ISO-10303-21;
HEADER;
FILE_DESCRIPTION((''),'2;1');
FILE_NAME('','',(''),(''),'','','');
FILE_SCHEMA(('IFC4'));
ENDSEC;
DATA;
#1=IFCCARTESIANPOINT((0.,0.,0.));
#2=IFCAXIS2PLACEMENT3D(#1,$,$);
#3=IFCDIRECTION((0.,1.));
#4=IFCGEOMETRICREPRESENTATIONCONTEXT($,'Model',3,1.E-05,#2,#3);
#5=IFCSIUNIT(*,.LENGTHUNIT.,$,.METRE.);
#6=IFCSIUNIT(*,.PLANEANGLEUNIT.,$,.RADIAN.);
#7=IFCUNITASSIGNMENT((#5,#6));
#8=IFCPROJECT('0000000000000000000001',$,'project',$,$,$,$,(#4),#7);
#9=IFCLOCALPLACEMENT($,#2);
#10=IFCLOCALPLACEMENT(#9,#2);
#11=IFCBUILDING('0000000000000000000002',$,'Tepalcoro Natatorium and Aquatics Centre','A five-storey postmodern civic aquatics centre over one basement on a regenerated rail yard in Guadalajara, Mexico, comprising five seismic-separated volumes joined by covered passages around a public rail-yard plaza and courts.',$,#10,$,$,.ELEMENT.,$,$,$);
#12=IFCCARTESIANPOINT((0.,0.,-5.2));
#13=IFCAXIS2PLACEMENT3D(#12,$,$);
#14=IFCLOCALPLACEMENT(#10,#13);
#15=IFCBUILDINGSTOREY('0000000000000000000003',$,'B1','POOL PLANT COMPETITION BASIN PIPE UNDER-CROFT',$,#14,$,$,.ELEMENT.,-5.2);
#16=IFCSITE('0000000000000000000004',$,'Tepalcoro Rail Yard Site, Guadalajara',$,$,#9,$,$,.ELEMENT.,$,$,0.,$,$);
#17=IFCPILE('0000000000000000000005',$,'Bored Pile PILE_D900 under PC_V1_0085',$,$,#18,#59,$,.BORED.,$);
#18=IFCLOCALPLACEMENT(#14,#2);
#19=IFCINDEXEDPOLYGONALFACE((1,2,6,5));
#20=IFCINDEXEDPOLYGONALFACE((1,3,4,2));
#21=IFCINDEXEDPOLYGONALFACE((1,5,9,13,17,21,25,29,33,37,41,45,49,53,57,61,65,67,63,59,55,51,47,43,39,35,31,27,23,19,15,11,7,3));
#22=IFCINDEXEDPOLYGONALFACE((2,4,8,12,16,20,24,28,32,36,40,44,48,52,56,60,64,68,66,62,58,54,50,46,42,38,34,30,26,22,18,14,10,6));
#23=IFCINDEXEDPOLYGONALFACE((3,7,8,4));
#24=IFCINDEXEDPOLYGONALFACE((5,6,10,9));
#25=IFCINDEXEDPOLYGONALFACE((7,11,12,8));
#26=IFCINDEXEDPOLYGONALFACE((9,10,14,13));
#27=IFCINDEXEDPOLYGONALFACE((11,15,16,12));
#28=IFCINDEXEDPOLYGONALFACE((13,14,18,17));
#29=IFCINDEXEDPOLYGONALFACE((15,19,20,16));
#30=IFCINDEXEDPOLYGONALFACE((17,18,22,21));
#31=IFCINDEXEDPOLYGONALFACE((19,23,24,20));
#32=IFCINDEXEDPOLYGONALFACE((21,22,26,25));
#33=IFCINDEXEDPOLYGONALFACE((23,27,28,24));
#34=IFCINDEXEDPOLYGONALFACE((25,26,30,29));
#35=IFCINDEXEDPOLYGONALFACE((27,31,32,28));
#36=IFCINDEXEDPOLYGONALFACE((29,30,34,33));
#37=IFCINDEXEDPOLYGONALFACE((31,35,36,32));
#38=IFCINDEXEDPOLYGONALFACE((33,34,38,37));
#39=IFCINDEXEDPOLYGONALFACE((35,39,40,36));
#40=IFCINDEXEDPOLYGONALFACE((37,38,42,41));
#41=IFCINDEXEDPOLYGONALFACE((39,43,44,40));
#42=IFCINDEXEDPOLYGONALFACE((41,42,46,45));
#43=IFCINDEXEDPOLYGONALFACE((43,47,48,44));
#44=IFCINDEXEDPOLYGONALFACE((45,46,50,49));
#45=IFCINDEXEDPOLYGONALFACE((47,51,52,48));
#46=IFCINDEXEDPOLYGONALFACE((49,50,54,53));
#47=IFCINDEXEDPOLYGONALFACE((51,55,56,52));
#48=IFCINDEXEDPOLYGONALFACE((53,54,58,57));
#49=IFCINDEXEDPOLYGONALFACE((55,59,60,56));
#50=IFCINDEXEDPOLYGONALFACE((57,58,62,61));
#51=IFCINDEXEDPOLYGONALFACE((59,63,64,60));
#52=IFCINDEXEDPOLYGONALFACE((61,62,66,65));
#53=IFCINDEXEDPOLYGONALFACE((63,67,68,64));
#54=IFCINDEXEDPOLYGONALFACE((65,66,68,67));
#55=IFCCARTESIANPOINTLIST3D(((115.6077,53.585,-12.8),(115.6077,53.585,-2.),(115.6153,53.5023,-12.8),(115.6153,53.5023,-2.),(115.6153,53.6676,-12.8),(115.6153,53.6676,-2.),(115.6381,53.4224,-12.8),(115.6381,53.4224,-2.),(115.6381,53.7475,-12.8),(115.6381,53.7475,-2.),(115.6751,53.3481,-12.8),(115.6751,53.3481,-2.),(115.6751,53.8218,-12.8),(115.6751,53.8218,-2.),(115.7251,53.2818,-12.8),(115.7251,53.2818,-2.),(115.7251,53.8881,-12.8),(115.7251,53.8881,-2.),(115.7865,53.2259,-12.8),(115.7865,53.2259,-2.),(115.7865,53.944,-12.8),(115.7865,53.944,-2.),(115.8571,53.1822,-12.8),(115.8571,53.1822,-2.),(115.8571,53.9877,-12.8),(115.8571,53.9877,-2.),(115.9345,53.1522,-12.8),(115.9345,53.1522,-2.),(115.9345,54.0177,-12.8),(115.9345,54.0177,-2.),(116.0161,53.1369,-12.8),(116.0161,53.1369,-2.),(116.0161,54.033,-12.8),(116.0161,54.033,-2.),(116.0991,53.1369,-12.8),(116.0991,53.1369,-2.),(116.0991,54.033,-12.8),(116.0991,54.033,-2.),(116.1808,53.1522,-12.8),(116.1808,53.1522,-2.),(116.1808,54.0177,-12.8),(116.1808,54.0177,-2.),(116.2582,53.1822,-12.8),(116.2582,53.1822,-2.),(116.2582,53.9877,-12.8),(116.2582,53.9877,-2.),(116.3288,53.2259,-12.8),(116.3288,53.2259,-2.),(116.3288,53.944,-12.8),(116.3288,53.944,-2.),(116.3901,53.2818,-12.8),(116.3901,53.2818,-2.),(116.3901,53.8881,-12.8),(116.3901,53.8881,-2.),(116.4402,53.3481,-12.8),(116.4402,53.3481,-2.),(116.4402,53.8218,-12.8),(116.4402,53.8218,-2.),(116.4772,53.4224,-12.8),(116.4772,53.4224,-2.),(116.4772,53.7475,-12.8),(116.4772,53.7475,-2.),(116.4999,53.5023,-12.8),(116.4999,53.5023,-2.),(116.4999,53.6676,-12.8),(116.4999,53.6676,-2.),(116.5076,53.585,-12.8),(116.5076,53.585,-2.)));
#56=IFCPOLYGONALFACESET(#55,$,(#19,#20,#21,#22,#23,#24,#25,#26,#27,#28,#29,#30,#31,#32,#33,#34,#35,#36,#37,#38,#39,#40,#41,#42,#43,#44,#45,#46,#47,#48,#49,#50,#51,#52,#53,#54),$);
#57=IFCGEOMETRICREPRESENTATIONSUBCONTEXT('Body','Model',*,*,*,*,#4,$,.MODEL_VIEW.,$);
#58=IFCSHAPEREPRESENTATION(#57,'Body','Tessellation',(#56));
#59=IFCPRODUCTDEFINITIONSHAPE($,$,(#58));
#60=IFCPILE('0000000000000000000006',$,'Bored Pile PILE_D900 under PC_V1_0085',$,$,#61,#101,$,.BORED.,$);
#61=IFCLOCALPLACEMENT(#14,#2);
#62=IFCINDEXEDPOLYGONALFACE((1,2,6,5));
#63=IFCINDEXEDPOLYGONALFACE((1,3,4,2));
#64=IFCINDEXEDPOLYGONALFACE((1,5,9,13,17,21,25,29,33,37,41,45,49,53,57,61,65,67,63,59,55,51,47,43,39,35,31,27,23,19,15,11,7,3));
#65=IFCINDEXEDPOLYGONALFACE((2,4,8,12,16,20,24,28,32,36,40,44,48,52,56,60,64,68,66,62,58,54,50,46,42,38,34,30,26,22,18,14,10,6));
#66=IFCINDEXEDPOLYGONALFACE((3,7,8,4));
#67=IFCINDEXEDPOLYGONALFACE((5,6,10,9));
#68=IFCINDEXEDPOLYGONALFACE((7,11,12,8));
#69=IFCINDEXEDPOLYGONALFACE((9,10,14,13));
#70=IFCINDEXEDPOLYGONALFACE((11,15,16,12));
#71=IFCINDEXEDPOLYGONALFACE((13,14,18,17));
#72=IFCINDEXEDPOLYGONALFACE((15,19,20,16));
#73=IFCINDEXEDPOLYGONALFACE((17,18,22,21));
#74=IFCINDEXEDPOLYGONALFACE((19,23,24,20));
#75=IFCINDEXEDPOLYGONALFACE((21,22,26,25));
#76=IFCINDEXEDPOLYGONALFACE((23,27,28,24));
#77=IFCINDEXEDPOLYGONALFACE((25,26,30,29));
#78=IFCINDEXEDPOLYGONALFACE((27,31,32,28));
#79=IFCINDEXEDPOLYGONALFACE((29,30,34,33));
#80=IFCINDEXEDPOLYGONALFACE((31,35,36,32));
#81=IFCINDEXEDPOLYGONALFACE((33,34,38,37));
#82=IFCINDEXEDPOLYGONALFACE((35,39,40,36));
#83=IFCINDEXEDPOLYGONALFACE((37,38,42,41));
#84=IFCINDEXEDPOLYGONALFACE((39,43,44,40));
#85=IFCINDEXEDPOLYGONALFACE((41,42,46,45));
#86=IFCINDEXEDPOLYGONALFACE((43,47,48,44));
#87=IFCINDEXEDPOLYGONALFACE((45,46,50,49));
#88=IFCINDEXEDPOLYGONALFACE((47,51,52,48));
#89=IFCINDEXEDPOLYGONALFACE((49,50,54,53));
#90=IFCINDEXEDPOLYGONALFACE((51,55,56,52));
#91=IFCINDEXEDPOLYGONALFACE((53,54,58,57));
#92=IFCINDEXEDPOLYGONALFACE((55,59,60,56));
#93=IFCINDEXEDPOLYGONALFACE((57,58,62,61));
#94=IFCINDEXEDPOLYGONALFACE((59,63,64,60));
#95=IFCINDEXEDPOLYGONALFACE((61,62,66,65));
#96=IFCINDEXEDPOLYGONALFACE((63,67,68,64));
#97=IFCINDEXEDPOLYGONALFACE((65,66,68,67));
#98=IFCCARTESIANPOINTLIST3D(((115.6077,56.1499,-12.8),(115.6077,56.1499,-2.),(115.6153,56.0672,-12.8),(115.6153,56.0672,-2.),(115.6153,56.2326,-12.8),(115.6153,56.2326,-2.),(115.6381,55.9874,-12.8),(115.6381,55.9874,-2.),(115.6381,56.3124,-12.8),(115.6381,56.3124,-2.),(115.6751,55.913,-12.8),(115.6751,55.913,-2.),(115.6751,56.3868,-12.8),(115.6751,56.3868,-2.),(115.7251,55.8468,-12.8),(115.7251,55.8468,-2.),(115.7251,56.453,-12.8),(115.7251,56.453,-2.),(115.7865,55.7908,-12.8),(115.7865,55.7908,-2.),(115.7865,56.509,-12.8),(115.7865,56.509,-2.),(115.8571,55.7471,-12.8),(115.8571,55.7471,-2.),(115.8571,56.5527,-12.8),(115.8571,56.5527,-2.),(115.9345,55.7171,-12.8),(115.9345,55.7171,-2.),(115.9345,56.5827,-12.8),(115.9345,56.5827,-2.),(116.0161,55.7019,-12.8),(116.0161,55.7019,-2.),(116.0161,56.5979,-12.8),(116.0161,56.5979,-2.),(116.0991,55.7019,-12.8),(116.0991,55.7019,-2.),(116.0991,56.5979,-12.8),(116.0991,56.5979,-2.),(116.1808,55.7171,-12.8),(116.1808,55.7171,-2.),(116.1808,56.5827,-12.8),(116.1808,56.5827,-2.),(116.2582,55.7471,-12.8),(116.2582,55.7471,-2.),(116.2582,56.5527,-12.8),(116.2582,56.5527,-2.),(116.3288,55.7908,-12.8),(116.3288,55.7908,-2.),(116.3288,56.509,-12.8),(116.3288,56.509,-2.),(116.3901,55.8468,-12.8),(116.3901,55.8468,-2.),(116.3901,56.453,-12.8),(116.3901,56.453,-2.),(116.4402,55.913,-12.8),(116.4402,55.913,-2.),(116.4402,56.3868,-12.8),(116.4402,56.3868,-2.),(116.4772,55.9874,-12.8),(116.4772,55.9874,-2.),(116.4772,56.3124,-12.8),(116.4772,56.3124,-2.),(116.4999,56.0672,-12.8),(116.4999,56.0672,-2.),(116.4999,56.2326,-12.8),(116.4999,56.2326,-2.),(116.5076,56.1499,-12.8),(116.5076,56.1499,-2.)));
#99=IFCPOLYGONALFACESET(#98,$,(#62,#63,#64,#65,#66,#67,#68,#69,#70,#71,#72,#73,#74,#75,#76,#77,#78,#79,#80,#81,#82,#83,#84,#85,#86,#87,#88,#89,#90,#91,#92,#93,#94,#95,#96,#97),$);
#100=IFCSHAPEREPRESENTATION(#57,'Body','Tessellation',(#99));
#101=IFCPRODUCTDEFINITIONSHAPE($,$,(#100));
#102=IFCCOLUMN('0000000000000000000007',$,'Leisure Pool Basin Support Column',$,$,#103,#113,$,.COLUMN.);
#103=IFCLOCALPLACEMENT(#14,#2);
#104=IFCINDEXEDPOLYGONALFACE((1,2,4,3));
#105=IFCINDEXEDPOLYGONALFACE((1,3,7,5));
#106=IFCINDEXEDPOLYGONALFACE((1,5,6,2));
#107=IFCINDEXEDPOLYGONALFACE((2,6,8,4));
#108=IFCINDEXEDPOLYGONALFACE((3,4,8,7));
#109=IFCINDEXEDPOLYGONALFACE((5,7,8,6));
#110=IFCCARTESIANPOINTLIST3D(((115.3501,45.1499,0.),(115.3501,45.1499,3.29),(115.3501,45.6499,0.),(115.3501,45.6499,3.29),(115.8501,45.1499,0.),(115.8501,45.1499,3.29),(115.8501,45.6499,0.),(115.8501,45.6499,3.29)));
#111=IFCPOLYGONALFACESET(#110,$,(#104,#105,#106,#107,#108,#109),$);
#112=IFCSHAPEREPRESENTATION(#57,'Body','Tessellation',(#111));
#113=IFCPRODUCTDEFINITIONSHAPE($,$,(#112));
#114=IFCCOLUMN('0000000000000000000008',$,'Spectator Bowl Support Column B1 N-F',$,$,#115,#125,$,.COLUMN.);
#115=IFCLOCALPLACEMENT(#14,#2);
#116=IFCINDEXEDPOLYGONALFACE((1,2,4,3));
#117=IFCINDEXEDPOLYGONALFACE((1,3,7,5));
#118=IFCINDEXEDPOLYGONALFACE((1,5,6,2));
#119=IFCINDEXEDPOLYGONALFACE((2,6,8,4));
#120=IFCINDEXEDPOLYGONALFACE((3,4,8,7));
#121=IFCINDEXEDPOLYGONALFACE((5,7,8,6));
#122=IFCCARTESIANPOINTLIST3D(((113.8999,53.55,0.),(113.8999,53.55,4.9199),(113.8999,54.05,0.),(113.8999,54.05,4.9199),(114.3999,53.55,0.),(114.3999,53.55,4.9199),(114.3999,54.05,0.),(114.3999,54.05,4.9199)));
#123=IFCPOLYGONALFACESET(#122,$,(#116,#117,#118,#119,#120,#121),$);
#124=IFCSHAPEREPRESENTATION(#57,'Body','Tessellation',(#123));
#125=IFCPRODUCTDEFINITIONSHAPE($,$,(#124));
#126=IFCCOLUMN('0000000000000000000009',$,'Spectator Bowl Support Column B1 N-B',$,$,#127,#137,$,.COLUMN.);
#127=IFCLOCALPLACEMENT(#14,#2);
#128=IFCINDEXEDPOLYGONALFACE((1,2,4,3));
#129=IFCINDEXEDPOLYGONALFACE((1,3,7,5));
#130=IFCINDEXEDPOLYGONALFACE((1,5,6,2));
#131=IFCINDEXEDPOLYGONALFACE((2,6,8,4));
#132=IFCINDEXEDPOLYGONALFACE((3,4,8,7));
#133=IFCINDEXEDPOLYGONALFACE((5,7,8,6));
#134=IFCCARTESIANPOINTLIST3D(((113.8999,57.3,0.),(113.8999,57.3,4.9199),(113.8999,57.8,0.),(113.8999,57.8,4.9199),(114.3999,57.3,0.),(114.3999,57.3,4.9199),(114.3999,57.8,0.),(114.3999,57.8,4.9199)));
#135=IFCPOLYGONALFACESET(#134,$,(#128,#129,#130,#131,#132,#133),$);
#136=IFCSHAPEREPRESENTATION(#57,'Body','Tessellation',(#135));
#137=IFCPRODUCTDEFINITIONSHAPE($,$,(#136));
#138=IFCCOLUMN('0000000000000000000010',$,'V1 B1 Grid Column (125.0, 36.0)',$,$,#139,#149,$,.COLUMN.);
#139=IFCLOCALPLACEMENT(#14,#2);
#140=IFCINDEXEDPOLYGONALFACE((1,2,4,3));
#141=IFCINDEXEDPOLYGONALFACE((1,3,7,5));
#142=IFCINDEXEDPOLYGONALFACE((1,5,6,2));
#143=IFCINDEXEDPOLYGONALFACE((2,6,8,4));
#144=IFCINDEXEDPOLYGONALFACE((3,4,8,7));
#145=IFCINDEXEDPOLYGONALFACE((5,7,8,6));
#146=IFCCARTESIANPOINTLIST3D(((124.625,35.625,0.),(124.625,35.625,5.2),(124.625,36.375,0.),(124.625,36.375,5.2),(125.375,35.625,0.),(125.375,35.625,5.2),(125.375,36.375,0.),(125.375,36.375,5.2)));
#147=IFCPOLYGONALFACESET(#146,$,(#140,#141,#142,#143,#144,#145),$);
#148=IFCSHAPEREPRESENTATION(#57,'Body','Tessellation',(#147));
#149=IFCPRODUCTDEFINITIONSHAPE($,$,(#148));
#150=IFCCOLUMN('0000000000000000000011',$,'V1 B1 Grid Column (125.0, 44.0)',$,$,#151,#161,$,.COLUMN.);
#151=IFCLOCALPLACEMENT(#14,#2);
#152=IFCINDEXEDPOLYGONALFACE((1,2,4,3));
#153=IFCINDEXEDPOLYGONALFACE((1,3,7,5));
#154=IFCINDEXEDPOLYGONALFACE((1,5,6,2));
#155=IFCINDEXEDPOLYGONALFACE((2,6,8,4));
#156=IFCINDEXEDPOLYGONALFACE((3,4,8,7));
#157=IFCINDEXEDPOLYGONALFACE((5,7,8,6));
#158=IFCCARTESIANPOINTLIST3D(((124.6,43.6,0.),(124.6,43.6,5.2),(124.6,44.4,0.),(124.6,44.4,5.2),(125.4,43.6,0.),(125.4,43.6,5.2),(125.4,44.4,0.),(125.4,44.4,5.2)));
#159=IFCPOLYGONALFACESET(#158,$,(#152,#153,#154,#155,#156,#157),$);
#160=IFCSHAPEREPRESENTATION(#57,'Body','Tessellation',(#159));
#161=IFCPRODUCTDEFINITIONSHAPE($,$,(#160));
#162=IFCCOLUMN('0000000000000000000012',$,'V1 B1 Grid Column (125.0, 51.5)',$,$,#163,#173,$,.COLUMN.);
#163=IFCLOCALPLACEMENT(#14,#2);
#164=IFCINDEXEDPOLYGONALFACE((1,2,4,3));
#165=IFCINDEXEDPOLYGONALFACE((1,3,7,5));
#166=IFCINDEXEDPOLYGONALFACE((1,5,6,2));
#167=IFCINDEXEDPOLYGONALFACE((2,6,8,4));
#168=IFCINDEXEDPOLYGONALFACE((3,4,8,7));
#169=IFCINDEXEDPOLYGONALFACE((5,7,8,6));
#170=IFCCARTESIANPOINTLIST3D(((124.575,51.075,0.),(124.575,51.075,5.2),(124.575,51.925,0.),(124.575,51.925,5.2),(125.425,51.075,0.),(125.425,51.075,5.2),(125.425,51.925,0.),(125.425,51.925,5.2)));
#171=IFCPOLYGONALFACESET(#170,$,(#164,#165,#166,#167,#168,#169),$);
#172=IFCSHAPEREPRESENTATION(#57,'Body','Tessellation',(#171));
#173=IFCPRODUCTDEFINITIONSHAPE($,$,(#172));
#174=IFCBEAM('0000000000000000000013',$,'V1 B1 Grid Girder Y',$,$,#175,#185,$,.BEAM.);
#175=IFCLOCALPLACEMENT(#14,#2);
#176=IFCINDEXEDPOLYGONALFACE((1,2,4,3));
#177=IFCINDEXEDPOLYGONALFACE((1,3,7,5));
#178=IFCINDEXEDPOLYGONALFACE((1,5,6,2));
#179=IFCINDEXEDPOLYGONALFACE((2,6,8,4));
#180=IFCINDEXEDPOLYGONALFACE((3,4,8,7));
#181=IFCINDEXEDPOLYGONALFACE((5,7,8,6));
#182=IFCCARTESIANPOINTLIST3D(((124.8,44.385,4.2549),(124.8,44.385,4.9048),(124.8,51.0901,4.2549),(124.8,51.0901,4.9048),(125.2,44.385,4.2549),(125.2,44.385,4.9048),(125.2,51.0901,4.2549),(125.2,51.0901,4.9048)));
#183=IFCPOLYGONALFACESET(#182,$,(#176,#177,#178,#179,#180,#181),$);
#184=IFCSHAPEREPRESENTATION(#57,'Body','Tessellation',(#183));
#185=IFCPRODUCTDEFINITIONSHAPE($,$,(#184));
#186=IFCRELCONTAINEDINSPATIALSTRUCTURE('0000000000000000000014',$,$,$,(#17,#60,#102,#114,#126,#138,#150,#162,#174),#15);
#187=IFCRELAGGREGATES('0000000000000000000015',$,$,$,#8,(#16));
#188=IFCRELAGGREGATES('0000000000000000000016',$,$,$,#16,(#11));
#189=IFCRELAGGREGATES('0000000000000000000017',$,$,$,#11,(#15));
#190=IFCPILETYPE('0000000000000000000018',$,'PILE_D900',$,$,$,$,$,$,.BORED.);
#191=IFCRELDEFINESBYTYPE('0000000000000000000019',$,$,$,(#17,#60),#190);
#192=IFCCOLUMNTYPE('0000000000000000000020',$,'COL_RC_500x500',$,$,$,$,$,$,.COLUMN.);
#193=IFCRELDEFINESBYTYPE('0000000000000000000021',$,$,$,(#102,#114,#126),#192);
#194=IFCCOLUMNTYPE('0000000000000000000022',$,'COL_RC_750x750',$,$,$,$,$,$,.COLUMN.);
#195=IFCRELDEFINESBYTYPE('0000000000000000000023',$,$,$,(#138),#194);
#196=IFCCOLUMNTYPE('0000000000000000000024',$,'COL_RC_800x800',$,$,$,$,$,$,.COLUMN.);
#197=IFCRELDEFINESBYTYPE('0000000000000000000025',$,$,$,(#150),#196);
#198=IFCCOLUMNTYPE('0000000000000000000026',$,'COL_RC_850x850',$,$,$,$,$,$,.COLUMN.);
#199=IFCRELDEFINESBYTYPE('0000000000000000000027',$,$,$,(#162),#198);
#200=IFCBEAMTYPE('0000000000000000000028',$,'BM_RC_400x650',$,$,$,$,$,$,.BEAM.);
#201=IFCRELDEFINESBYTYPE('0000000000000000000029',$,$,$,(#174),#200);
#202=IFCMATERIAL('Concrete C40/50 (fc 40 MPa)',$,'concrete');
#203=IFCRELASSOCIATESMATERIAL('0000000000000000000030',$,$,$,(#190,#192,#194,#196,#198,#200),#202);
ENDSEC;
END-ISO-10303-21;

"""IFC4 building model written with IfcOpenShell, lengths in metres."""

from ifc_helpers import new_model, si_unit, direction, frame, origin, origin_2d, place, context, subcontext, project, spatial, rectangle, circle, extrude, material, material_profile, profile_set, type_object, element, save


model = new_model("IFC4")

# Units and contexts
model_context = context("Model", 3, precision=1e-05, world=origin(), true_north=direction((0.0, 1.0)))
body_context = subcontext(model_context, "Body", "Model", "MODEL_VIEW")
ifc_project = project(units=[si_unit("LENGTHUNIT", "METRE"), si_unit("PLANEANGLEUNIT", "RADIAN")], contexts=[model_context])

# Site, building, storey
site_placement = place(None, origin())
site = spatial("IfcSite", under=ifc_project, at=site_placement, Name="Tepalcoro Rail Yard Site, Guadalajara", CompositionType="ELEMENT", RefElevation=0.0)
building_placement = place(site_placement, origin())
building = spatial("IfcBuilding", under=site, at=building_placement, Name="Tepalcoro Natatorium and Aquatics Centre", Description="A five-storey postmodern civic aquatics centre over one basement on a regenerated rail yard in Guadalajara, Mexico, comprising five seismic-separated volumes joined by covered passages around a public rail-yard plaza and courts.", CompositionType="ELEMENT")
storey_placement = place(building_placement, frame((0.0, 0.0, -5.2)))
storey = spatial("IfcBuildingStorey", under=building, at=storey_placement, Name="B1", Description="POOL PLANT COMPETITION BASIN PIPE UNDER-CROFT", CompositionType="ELEMENT", Elevation=-5.2)

# Piles
ifc_material_1 = material(Name="Concrete C40/50 (fc 40 MPa)", Category="concrete")
ifc_material_profile_1 = material_profile(ifc_material_1, circle(Radius=0.45, at=origin_2d()), Name="PILE_D900")
ifc_profile_set_1 = profile_set([ifc_material_profile_1], Name="Concrete C40/50 (fc 40 MPa)")
pile_type_1 = type_object("IfcPileType", Name="PILE_D900", PredefinedType="BORED", material=ifc_profile_set_1)
for number, where, z_axis, x_axis, name in (
    (1, (116.0576, 53.585, -2.0), (0.0, 0.0, -1.0), (1.0, 0.0, 0.0), "Bored Pile PILE_D900 under PC_V1_0085"),
    (2, (116.0576, 56.1499, -2.0), (0.0, 0.0, -1.0), (1.0, 0.0, 0.0), "Bored Pile PILE_D900 under PC_V1_0085"),
):
    element("IfcPile", number, at=place(storey_placement, frame(where, z_axis=z_axis, x_axis=x_axis)), inside=storey, type_object=pile_type_1, Name=name, PredefinedType="BORED", context=body_context, shape_type="SweptSolid", body=[
        extrude(circle(Radius=0.45, at=origin_2d()), origin(), (0.0, 0.0, 1.0), 10.8),
    ])

# Columns
ifc_material_profile_2 = material_profile(ifc_material_1, rectangle(XDim=0.5, YDim=0.5, at=origin_2d()), Name="RC500x500")
ifc_profile_set_2 = profile_set([ifc_material_profile_2], Name="Concrete C40/50 (fc 40 MPa)")
column_type_1 = type_object("IfcColumnType", Name="COL_RC_500x500", PredefinedType="COLUMN", material=ifc_profile_set_2)
column_1_placement = place(storey_placement, frame((115.6001, 45.3999, 0.0), z_axis=(0.0, 0.0, 1.0), x_axis=(1.0, 0.0, 0.0)))
element("IfcColumn", 3, at=column_1_placement, inside=storey, type_object=column_type_1, Name="Leisure Pool Basin Support Column", PredefinedType="COLUMN", context=body_context, shape_type="SweptSolid", body=[
    extrude(rectangle(XDim=0.5, YDim=0.5, at=origin_2d()), origin(), (0.0, 0.0, 1.0), 3.29),
])
for number, where, z_axis, x_axis, name in (
    (4, (114.1499, 53.8, 0.0), (0.0, 0.0, 1.0), (1.0, 0.0, 0.0), "Spectator Bowl Support Column B1 N-F"),
    (5, (114.1499, 57.55, 0.0), (0.0, 0.0, 1.0), (1.0, 0.0, 0.0), "Spectator Bowl Support Column B1 N-B"),
):
    element("IfcColumn", number, at=place(storey_placement, frame(where, z_axis=z_axis, x_axis=x_axis)), inside=storey, type_object=column_type_1, Name=name, PredefinedType="COLUMN", context=body_context, shape_type="SweptSolid", body=[
        extrude(rectangle(XDim=0.5, YDim=0.5, at=origin_2d()), origin(), (0.0, 0.0, 1.0), 4.9199),
    ])
ifc_material_profile_3 = material_profile(ifc_material_1, rectangle(XDim=0.75, YDim=0.75, at=origin_2d()), Name="RC750x750")
ifc_profile_set_3 = profile_set([ifc_material_profile_3], Name="Concrete C40/50 (fc 40 MPa)")
column_type_2 = type_object("IfcColumnType", Name="COL_RC_750x750", PredefinedType="COLUMN", material=ifc_profile_set_3)
column_2_placement = place(storey_placement, frame((125.0, 36.0, 0.0), z_axis=(0.0, 0.0, 1.0), x_axis=(1.0, 0.0, 0.0)))
element("IfcColumn", 6, at=column_2_placement, inside=storey, type_object=column_type_2, Name="V1 B1 Grid Column (125.0, 36.0)", PredefinedType="COLUMN", context=body_context, shape_type="SweptSolid", body=[
    extrude(rectangle(XDim=0.75, YDim=0.75, at=origin_2d()), origin(), (0.0, 0.0, 1.0), 5.2),
])
ifc_material_profile_4 = material_profile(ifc_material_1, rectangle(XDim=0.8, YDim=0.8, at=origin_2d()), Name="RC800x800")
ifc_profile_set_4 = profile_set([ifc_material_profile_4], Name="Concrete C40/50 (fc 40 MPa)")
column_type_3 = type_object("IfcColumnType", Name="COL_RC_800x800", PredefinedType="COLUMN", material=ifc_profile_set_4)
column_3_placement = place(storey_placement, frame((125.0, 44.0, 0.0), z_axis=(0.0, 0.0, 1.0), x_axis=(1.0, 0.0, 0.0)))
element("IfcColumn", 7, at=column_3_placement, inside=storey, type_object=column_type_3, Name="V1 B1 Grid Column (125.0, 44.0)", PredefinedType="COLUMN", context=body_context, shape_type="SweptSolid", body=[
    extrude(rectangle(XDim=0.8, YDim=0.8, at=origin_2d()), origin(), (0.0, 0.0, 1.0), 5.2),
])
ifc_material_profile_5 = material_profile(ifc_material_1, rectangle(XDim=0.8501, YDim=0.8501, at=origin_2d()), Name="RC850x850")
ifc_profile_set_5 = profile_set([ifc_material_profile_5], Name="Concrete C40/50 (fc 40 MPa)")
column_type_4 = type_object("IfcColumnType", Name="COL_RC_850x850", PredefinedType="COLUMN", material=ifc_profile_set_5)
column_4_placement = place(storey_placement, frame((125.0, 51.5, 0.0), z_axis=(0.0, 0.0, 1.0), x_axis=(1.0, 0.0, 0.0)))
element("IfcColumn", 8, at=column_4_placement, inside=storey, type_object=column_type_4, Name="V1 B1 Grid Column (125.0, 51.5)", PredefinedType="COLUMN", context=body_context, shape_type="SweptSolid", body=[
    extrude(rectangle(XDim=0.8501, YDim=0.8501, at=origin_2d()), origin(), (0.0, 0.0, 1.0), 5.2),
])

# Beam
ifc_material_profile_6 = material_profile(ifc_material_1, rectangle(XDim=0.3999, YDim=0.6499, at=origin_2d()), Name="RCB400x650")
ifc_profile_set_6 = profile_set([ifc_material_profile_6], Name="Concrete C40/50 (fc 40 MPa)")
beam_type_1 = type_object("IfcBeamType", Name="BM_RC_400x650", PredefinedType="BEAM", material=ifc_profile_set_6)
beam_1_placement = place(storey_placement, frame((125.0, 44.385, 4.5798), z_axis=(0.0, 1.0, 0.0), x_axis=(-1.0, 0.0, 0.0)))
element("IfcBeam", 9, at=beam_1_placement, inside=storey, type_object=beam_type_1, Name="V1 B1 Grid Girder Y", PredefinedType="BEAM", context=body_context, shape_type="SweptSolid", body=[
    extrude(rectangle(XDim=0.3999, YDim=0.6499, at=origin_2d()), origin(), (0.0, 0.0, 1.0), 6.7051),
])

save(model, "model.ifc")
